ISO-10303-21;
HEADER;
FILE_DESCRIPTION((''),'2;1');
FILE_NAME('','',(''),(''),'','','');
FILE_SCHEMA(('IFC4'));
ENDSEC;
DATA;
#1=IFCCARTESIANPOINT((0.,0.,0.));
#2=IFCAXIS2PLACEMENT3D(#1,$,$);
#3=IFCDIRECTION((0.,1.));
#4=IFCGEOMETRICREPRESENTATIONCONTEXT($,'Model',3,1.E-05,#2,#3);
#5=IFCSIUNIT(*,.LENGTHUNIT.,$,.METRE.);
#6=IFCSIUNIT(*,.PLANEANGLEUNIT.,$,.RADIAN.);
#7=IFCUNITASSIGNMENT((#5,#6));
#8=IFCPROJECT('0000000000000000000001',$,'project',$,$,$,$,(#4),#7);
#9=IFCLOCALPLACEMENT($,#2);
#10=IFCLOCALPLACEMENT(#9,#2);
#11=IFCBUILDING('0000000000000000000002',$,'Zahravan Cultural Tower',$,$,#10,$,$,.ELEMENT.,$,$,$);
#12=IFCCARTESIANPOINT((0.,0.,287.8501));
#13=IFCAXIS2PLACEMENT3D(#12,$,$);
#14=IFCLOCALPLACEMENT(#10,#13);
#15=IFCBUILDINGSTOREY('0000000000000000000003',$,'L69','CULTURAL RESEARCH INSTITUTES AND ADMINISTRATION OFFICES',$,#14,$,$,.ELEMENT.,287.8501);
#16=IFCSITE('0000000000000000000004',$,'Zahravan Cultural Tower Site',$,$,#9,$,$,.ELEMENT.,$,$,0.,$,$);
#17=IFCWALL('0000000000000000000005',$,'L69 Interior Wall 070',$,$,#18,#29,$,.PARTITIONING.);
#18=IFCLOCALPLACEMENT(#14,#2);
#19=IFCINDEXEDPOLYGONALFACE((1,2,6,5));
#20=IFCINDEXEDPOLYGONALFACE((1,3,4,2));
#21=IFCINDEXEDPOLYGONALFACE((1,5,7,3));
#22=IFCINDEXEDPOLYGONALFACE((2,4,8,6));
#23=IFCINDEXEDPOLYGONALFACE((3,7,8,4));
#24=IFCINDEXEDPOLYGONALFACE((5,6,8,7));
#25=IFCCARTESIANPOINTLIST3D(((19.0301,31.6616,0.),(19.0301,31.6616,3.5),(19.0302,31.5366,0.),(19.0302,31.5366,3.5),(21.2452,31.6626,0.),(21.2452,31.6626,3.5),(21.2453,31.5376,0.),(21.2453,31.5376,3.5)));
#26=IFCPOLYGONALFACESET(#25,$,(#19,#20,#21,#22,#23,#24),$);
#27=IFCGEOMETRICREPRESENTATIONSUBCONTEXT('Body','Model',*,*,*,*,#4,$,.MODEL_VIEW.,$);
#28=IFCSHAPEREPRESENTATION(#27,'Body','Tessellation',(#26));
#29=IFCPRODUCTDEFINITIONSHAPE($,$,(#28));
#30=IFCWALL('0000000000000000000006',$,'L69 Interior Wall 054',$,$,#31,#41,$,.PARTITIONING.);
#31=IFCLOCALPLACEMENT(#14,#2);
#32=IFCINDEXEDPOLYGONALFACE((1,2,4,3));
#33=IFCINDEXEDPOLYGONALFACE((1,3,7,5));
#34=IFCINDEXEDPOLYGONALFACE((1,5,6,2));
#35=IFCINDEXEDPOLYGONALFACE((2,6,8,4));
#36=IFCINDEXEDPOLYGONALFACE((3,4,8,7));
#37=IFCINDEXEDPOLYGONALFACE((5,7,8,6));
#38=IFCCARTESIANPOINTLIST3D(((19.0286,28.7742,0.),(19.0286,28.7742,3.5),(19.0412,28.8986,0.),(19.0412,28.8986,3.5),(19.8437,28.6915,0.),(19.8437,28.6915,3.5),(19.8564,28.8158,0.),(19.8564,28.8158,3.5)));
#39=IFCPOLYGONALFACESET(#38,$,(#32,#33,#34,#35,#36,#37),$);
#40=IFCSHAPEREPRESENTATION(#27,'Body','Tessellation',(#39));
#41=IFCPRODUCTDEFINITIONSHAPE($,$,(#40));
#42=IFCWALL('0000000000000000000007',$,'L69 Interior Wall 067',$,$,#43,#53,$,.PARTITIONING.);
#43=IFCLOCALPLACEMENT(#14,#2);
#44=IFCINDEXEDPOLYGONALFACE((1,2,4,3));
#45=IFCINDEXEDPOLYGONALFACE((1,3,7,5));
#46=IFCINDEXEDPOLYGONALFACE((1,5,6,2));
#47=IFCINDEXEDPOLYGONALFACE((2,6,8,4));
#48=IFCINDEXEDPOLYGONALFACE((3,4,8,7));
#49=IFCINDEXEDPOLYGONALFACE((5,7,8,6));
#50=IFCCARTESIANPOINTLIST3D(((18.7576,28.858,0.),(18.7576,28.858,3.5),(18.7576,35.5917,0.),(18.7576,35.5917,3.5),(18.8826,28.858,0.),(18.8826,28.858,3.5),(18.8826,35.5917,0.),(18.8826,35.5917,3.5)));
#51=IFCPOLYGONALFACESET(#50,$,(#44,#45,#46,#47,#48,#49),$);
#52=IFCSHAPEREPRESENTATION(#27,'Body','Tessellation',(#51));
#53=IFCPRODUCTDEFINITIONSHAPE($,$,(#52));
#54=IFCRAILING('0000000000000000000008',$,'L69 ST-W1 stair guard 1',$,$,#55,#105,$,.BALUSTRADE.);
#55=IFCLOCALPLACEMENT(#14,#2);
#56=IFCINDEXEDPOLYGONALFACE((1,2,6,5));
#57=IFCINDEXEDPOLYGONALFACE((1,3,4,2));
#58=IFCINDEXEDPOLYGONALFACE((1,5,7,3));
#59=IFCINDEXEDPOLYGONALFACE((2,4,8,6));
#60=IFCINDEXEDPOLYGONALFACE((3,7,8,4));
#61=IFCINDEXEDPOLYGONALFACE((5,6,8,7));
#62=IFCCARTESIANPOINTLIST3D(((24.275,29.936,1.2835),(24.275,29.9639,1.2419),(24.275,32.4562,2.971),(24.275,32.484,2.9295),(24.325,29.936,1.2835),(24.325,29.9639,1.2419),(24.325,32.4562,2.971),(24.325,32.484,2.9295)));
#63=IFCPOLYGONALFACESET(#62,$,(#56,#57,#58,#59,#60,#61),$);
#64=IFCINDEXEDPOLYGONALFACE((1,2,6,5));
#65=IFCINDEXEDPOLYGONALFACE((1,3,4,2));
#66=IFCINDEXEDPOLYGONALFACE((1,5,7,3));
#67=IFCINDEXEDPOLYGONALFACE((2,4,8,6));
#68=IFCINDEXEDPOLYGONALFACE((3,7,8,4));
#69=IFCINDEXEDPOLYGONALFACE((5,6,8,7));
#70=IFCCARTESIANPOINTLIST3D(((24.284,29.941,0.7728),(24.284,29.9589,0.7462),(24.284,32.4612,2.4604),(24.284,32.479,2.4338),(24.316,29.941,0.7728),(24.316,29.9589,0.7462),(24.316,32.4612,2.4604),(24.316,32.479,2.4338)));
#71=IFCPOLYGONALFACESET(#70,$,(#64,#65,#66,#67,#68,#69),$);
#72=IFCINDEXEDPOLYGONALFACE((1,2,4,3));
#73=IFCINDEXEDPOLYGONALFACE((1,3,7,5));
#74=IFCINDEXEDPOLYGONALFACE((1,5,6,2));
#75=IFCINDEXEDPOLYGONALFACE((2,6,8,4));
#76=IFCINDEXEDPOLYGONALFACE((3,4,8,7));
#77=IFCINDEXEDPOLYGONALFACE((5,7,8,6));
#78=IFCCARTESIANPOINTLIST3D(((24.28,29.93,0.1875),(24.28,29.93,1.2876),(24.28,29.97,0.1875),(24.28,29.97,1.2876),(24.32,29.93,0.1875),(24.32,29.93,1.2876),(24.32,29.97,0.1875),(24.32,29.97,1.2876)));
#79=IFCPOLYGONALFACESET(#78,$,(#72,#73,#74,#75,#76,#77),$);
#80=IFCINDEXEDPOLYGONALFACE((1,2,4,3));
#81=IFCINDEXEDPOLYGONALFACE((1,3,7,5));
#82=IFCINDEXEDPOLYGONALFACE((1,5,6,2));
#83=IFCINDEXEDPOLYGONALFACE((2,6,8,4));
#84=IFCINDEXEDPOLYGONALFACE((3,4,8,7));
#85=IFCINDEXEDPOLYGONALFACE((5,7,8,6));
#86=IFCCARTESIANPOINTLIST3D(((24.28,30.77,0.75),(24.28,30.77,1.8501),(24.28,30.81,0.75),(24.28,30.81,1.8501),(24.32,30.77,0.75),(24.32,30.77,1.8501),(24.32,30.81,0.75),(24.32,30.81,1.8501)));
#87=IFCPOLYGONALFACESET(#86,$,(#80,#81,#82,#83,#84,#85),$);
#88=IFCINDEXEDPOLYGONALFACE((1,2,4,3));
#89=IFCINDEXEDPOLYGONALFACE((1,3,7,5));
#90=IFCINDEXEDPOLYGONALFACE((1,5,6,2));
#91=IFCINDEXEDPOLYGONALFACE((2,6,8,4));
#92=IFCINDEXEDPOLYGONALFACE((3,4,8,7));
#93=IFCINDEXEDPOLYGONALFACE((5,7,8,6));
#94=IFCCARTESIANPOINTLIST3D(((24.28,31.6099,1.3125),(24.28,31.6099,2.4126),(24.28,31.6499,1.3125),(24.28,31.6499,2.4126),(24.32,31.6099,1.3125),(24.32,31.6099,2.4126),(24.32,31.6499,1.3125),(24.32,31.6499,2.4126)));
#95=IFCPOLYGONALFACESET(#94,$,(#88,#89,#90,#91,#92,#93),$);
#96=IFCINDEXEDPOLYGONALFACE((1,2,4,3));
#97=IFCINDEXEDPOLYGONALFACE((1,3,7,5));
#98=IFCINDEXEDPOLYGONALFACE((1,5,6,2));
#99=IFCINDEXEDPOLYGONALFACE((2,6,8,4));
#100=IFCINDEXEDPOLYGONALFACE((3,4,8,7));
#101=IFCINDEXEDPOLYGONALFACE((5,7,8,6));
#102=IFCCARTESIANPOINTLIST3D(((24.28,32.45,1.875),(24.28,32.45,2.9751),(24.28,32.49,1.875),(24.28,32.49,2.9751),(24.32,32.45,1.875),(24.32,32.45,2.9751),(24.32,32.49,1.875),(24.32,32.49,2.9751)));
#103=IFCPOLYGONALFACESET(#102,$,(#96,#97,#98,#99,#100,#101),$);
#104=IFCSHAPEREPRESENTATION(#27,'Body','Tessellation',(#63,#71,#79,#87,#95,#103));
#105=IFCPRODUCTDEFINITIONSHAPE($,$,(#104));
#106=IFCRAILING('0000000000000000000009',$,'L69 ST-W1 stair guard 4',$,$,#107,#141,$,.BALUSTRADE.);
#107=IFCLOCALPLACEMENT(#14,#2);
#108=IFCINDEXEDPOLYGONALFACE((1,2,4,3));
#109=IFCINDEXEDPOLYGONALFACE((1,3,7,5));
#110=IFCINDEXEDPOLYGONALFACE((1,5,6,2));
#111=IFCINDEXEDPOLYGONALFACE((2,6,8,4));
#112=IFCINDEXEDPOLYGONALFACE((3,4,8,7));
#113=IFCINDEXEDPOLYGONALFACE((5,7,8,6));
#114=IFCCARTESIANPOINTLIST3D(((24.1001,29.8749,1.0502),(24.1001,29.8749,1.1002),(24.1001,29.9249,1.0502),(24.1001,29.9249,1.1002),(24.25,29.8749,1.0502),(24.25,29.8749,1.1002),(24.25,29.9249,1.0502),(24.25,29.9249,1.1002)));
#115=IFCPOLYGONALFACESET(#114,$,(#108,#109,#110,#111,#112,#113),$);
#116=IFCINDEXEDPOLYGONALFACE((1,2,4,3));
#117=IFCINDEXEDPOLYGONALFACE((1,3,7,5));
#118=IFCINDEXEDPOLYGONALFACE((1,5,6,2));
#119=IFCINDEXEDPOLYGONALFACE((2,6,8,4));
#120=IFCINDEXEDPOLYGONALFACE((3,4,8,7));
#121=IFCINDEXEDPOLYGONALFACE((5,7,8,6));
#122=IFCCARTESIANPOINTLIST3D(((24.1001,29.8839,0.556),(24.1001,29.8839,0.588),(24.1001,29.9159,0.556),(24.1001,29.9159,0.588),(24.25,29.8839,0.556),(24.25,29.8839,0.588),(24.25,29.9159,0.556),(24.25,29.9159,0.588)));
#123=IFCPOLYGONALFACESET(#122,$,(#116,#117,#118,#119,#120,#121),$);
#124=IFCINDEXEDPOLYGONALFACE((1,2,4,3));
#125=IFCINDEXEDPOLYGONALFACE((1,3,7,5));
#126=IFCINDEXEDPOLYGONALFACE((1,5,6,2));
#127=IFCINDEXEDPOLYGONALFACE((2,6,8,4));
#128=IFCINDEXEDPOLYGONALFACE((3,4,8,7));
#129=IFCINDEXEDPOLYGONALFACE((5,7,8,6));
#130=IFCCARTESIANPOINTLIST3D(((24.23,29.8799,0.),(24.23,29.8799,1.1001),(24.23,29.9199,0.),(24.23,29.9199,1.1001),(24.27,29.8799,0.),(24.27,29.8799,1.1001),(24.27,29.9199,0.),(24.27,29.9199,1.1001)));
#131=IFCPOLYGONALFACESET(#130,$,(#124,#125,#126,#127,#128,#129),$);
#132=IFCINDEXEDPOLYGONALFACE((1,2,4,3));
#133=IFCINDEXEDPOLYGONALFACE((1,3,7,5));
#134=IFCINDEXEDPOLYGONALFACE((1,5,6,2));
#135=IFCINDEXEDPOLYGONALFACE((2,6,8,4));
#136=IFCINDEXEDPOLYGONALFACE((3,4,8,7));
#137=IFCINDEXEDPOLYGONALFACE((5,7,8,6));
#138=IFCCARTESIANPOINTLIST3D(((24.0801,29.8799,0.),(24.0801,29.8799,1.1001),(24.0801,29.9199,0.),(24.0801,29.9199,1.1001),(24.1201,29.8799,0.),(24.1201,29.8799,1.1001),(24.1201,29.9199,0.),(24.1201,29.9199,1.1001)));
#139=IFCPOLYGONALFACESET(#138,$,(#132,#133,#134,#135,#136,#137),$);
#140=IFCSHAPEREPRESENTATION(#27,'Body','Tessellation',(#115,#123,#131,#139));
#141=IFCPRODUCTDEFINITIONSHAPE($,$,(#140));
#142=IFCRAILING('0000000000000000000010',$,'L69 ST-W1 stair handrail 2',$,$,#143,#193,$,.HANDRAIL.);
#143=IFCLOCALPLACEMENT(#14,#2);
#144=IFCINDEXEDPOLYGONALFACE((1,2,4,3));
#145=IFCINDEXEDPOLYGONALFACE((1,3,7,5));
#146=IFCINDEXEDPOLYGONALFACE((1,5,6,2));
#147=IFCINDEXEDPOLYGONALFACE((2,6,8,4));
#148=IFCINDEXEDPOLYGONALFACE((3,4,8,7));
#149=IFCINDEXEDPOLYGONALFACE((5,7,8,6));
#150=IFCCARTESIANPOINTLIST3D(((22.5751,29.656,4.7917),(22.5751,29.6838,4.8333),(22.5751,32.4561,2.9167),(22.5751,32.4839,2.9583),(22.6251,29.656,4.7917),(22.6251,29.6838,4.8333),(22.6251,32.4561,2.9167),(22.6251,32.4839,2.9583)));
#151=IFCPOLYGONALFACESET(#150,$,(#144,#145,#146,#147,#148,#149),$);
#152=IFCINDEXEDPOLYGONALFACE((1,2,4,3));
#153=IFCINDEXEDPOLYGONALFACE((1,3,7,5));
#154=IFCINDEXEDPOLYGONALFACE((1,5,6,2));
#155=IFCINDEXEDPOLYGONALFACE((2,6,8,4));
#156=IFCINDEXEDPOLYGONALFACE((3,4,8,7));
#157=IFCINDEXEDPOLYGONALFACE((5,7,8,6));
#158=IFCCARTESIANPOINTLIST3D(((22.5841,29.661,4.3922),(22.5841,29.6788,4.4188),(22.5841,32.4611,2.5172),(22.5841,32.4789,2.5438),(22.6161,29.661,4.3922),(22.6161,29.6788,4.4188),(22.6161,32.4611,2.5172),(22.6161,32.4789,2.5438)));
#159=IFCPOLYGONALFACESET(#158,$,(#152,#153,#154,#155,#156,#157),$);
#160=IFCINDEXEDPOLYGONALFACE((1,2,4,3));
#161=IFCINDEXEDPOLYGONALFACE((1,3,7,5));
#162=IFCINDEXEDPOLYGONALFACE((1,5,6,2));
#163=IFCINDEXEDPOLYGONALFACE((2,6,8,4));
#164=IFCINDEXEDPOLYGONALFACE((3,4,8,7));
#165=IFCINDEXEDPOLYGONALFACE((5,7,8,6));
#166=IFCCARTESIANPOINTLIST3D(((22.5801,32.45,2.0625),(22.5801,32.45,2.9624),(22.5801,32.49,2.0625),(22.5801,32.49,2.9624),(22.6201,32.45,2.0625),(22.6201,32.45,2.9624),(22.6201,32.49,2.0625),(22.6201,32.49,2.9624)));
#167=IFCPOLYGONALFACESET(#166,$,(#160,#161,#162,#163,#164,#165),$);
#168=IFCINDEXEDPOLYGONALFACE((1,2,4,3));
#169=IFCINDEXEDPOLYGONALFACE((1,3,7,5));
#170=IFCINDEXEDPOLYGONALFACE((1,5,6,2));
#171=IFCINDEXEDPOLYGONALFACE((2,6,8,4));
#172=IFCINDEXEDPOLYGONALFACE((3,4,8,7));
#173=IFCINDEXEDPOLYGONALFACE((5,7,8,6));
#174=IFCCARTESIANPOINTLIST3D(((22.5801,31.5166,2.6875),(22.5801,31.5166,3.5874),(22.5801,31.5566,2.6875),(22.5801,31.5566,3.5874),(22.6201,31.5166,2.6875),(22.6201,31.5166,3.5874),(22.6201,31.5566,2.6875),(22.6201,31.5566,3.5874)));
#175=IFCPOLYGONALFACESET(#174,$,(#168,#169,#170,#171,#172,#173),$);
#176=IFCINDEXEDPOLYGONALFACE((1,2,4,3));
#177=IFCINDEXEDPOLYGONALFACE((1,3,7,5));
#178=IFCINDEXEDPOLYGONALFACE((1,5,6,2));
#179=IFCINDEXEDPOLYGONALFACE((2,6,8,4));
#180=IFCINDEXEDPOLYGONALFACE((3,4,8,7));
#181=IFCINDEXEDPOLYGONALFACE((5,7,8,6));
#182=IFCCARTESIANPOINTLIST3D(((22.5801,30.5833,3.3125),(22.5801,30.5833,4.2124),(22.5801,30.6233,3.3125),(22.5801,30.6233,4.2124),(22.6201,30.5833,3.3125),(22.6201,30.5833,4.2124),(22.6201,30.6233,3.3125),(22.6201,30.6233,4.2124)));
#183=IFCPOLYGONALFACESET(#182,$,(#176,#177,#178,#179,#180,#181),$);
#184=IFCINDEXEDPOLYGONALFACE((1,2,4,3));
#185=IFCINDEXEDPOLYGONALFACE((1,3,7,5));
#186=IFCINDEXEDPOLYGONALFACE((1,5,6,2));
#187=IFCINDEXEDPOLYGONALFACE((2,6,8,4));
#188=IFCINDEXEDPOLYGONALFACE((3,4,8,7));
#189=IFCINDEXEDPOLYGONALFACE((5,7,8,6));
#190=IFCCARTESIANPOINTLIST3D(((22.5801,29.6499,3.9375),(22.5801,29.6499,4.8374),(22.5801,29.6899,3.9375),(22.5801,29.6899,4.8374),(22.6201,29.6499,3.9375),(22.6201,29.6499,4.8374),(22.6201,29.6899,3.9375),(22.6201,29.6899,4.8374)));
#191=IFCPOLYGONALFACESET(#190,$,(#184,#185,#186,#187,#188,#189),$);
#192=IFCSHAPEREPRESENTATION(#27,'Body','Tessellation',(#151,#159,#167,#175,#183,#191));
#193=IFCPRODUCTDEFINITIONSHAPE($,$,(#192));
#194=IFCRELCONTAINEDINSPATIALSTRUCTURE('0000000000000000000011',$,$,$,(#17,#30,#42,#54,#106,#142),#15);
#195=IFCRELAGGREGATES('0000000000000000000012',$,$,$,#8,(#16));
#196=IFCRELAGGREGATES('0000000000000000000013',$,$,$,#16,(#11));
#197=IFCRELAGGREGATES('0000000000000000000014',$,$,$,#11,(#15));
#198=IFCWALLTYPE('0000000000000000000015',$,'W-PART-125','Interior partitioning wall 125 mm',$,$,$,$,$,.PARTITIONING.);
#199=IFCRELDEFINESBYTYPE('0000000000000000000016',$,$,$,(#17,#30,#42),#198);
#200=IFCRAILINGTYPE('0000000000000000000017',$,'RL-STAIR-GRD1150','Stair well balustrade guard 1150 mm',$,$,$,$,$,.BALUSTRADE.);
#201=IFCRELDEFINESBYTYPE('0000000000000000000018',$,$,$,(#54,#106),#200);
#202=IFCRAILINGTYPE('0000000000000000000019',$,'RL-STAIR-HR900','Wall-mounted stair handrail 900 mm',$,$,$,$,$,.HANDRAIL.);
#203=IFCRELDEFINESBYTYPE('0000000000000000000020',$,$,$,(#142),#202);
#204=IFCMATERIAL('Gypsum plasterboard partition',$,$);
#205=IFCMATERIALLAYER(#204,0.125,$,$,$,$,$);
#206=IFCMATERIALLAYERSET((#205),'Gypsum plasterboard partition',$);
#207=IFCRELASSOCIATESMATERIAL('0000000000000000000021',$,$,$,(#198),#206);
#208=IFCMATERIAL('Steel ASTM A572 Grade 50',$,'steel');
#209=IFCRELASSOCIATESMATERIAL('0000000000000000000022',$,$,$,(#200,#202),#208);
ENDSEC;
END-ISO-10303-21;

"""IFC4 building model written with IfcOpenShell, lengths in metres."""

from ifc_helpers import new_model, si_unit, direction, frame, frame_2d, origin, origin_2d, place, context, subcontext, project, spatial, rectangle, extrude, source, transform, mapped, material, layer, layer_set, type_object, element, save


model = new_model("IFC4")

# Units and contexts
model_context = context("Model", 3, precision=1e-05, world=origin(), true_north=direction((0.0, 1.0)))
body_context = subcontext(model_context, "Body", "Model", "MODEL_VIEW")
ifc_project = project(units=[si_unit("LENGTHUNIT", "METRE"), si_unit("PLANEANGLEUNIT", "RADIAN")], contexts=[model_context])

# Site, building, storey
site_placement = place(None, origin())
site = spatial("IfcSite", under=ifc_project, at=site_placement, Name="Zahravan Cultural Tower Site", CompositionType="ELEMENT", RefElevation=0.0)
building_placement = place(site_placement, origin())
building = spatial("IfcBuilding", under=site, at=building_placement, Name="Zahravan Cultural Tower", CompositionType="ELEMENT")
storey_placement = place(building_placement, frame((0.0, 0.0, 287.8501)))
storey = spatial("IfcBuildingStorey", under=building, at=storey_placement, Name="L69", Description="CULTURAL RESEARCH INSTITUTES AND ADMINISTRATION OFFICES", CompositionType="ELEMENT", Elevation=287.8501)

# Shared definitions
ifc_material_1 = material(Name="Gypsum plasterboard partition")
ifc_layer_1 = layer(ifc_material_1, 0.125)
ifc_layer_set_1 = layer_set([ifc_layer_1], Name="Gypsum plasterboard partition")
wall_type_1 = type_object("IfcWallType", Name="W-PART-125", Description="Interior partitioning wall 125 mm", PredefinedType="PARTITIONING", material=ifc_layer_set_1)

# Walls
shared_shape_1 = source(origin(), body_context, "Body", "SweptSolid", [
    extrude(rectangle(XDim=2.2151, YDim=0.125, at=frame_2d((1.1074, 0.0))), origin(), (0.0, 0.0, 1.0), 3.5),
])
wall_1_placement = place(storey_placement, frame((21.2451, 31.6001, 0.0), z_axis=(0.0, 0.0, 1.0), x_axis=(-1.0, -0.000441, 0.0)))
element("IfcWall", 1, at=wall_1_placement, inside=storey, type_object=wall_type_1, Name="L69 Interior Wall 070", PredefinedType="PARTITIONING", context=body_context, shape_type="MappedRepresentation", body=[
    mapped(shared_shape_1, transform((0.0, 0.0, 0.0), x_axis=(1.0, 0.0, 0.0), y_axis=(0.0, 1.0, 0.0), z_axis=(0.0, 0.0, 1.0), scale=1.0)),
])
shared_shape_2 = source(origin(), body_context, "Body", "SweptSolid", [
    extrude(rectangle(XDim=0.8193, YDim=0.125, at=frame_2d((0.4097, 0.0))), origin(), (0.0, 0.0, 1.0), 3.5),
])
wall_2_placement = place(storey_placement, frame((19.0349, 28.8364, 0.0), z_axis=(0.0, 0.0, 1.0), x_axis=(0.994886, -0.101008, 0.0)))
element("IfcWall", 2, at=wall_2_placement, inside=storey, type_object=wall_type_1, Name="L69 Interior Wall 054", PredefinedType="PARTITIONING", context=body_context, shape_type="MappedRepresentation", body=[
    mapped(shared_shape_2, transform((0.0, 0.0, 0.0), x_axis=(1.0, 0.0, 0.0), y_axis=(0.0, 1.0, 0.0), z_axis=(0.0, 0.0, 1.0), scale=1.0)),
])
shared_shape_3 = source(origin(), body_context, "Body", "SweptSolid", [
    extrude(rectangle(XDim=6.7336, YDim=0.125, at=frame_2d((3.3667, 0.0))), origin(), (0.0, 0.0, 1.0), 3.5),
])
wall_3_placement = place(storey_placement, frame((18.8201, 28.8582, 0.0), z_axis=(0.0, 0.0, 1.0), x_axis=(0.0, 1.0, 0.0)))
element("IfcWall", 3, at=wall_3_placement, inside=storey, type_object=wall_type_1, Name="L69 Interior Wall 067", PredefinedType="PARTITIONING", context=body_context, shape_type="MappedRepresentation", body=[
    mapped(shared_shape_3, transform((0.0, 0.0, 0.0), x_axis=(1.0, 0.0, 0.0), y_axis=(0.0, 1.0, 0.0), z_axis=(0.0, 0.0, 1.0), scale=1.0)),
])

# Railings
ifc_material_2 = material(Name="Steel ASTM A572 Grade 50", Category="steel")
railing_type_1 = type_object("IfcRailingType", Name="RL-STAIR-GRD1150", Description="Stair well balustrade guard 1150 mm", PredefinedType="BALUSTRADE", material=ifc_material_2)
railing_1_placement = place(storey_placement, frame((24.3, 29.95, 0.1875)))
element("IfcRailing", 4, at=railing_1_placement, inside=storey, type_object=railing_type_1, Name="L69 ST-W1 stair guard 1", PredefinedType="BALUSTRADE", context=body_context, shape_type="SweptSolid", body=[
    extrude(rectangle(XDim=0.05, YDim=0.05, at=origin_2d()), frame((0.0, 0.0, 1.0752), z_axis=(0.0, 0.830909, 0.556408), x_axis=(-1.0, 0.0, 0.0)), (0.0, 0.0, 1.0), 3.033),
    extrude(rectangle(XDim=0.032, YDim=0.032, at=origin_2d()), frame((0.0, 0.0, 0.572), z_axis=(0.0, 0.830909, 0.556408), x_axis=(-1.0, 0.0, 0.0)), (0.0, 0.0, 1.0), 3.033),
    extrude(rectangle(XDim=0.04, YDim=0.04, at=origin_2d()), origin(), (0.0, 0.0, 1.0), 1.1001),
    extrude(rectangle(XDim=0.04, YDim=0.04, at=origin_2d()), frame((0.0, 0.8401, 0.5625)), (0.0, 0.0, 1.0), 1.1001),
    extrude(rectangle(XDim=0.04, YDim=0.04, at=origin_2d()), frame((0.0, 1.6799, 1.125)), (0.0, 0.0, 1.0), 1.1001),
    extrude(rectangle(XDim=0.04, YDim=0.04, at=origin_2d()), frame((0.0, 2.52, 1.6875)), (0.0, 0.0, 1.0), 1.1001),
])
railing_2_placement = place(storey_placement, frame((24.25, 29.8999, 0.0)))
element("IfcRailing", 5, at=railing_2_placement, inside=storey, type_object=railing_type_1, Name="L69 ST-W1 stair guard 4", PredefinedType="BALUSTRADE", context=body_context, shape_type="SweptSolid", body=[
    extrude(rectangle(XDim=0.05, YDim=0.05, at=origin_2d()), frame((0.0, 0.0, 1.0752), z_axis=(-1.0, 0.0, 0.0), x_axis=(0.0, -1.0, 0.0)), (0.0, 0.0, 1.0), 0.1499),
    extrude(rectangle(XDim=0.032, YDim=0.032, at=origin_2d()), frame((0.0, 0.0, 0.572), z_axis=(-1.0, 0.0, 0.0), x_axis=(0.0, -1.0, 0.0)), (0.0, 0.0, 1.0), 0.1499),
    extrude(rectangle(XDim=0.04, YDim=0.04, at=origin_2d()), origin(), (0.0, 0.0, 1.0), 1.1001),
    extrude(rectangle(XDim=0.04, YDim=0.04, at=origin_2d()), frame((-0.1499, 0.0, 0.0)), (0.0, 0.0, 1.0), 1.1001),
])
railing_type_2 = type_object("IfcRailingType", Name="RL-STAIR-HR900", Description="Wall-mounted stair handrail 900 mm", PredefinedType="HANDRAIL", material=ifc_material_2)
railing_3_placement = place(storey_placement, frame((22.6001, 32.47, 2.0625)))
element("IfcRailing", 6, at=railing_3_placement, inside=storey, type_object=railing_type_2, Name="L69 ST-W1 stair handrail 2", PredefinedType="HANDRAIL", context=body_context, shape_type="SweptSolid", body=[
    extrude(rectangle(XDim=0.05, YDim=0.05, at=origin_2d()), frame((0.0, 0.0, 0.875), z_axis=(0.0, -0.830912, 0.556404), x_axis=(1.0, 0.0, 0.0)), (0.0, 0.0, 1.0), 3.3699),
    extrude(rectangle(XDim=0.032, YDim=0.032, at=origin_2d()), frame((0.0, 0.0, 0.468), z_axis=(0.0, -0.830912, 0.556404), x_axis=(1.0, 0.0, 0.0)), (0.0, 0.0, 1.0), 3.3699),
    extrude(rectangle(XDim=0.04, YDim=0.04, at=origin_2d()), origin(), (0.0, 0.0, 1.0), 0.8999),
    extrude(rectangle(XDim=0.04, YDim=0.04, at=origin_2d()), frame((0.0, -0.9333, 0.625)), (0.0, 0.0, 1.0), 0.8999),
    extrude(rectangle(XDim=0.04, YDim=0.04, at=origin_2d()), frame((0.0, -1.8667, 1.25)), (0.0, 0.0, 1.0), 0.8999),
    extrude(rectangle(XDim=0.04, YDim=0.04, at=origin_2d()), frame((0.0, -2.8, 1.875)), (0.0, 0.0, 1.0), 0.8999),
])

save(model, "model.ifc")
